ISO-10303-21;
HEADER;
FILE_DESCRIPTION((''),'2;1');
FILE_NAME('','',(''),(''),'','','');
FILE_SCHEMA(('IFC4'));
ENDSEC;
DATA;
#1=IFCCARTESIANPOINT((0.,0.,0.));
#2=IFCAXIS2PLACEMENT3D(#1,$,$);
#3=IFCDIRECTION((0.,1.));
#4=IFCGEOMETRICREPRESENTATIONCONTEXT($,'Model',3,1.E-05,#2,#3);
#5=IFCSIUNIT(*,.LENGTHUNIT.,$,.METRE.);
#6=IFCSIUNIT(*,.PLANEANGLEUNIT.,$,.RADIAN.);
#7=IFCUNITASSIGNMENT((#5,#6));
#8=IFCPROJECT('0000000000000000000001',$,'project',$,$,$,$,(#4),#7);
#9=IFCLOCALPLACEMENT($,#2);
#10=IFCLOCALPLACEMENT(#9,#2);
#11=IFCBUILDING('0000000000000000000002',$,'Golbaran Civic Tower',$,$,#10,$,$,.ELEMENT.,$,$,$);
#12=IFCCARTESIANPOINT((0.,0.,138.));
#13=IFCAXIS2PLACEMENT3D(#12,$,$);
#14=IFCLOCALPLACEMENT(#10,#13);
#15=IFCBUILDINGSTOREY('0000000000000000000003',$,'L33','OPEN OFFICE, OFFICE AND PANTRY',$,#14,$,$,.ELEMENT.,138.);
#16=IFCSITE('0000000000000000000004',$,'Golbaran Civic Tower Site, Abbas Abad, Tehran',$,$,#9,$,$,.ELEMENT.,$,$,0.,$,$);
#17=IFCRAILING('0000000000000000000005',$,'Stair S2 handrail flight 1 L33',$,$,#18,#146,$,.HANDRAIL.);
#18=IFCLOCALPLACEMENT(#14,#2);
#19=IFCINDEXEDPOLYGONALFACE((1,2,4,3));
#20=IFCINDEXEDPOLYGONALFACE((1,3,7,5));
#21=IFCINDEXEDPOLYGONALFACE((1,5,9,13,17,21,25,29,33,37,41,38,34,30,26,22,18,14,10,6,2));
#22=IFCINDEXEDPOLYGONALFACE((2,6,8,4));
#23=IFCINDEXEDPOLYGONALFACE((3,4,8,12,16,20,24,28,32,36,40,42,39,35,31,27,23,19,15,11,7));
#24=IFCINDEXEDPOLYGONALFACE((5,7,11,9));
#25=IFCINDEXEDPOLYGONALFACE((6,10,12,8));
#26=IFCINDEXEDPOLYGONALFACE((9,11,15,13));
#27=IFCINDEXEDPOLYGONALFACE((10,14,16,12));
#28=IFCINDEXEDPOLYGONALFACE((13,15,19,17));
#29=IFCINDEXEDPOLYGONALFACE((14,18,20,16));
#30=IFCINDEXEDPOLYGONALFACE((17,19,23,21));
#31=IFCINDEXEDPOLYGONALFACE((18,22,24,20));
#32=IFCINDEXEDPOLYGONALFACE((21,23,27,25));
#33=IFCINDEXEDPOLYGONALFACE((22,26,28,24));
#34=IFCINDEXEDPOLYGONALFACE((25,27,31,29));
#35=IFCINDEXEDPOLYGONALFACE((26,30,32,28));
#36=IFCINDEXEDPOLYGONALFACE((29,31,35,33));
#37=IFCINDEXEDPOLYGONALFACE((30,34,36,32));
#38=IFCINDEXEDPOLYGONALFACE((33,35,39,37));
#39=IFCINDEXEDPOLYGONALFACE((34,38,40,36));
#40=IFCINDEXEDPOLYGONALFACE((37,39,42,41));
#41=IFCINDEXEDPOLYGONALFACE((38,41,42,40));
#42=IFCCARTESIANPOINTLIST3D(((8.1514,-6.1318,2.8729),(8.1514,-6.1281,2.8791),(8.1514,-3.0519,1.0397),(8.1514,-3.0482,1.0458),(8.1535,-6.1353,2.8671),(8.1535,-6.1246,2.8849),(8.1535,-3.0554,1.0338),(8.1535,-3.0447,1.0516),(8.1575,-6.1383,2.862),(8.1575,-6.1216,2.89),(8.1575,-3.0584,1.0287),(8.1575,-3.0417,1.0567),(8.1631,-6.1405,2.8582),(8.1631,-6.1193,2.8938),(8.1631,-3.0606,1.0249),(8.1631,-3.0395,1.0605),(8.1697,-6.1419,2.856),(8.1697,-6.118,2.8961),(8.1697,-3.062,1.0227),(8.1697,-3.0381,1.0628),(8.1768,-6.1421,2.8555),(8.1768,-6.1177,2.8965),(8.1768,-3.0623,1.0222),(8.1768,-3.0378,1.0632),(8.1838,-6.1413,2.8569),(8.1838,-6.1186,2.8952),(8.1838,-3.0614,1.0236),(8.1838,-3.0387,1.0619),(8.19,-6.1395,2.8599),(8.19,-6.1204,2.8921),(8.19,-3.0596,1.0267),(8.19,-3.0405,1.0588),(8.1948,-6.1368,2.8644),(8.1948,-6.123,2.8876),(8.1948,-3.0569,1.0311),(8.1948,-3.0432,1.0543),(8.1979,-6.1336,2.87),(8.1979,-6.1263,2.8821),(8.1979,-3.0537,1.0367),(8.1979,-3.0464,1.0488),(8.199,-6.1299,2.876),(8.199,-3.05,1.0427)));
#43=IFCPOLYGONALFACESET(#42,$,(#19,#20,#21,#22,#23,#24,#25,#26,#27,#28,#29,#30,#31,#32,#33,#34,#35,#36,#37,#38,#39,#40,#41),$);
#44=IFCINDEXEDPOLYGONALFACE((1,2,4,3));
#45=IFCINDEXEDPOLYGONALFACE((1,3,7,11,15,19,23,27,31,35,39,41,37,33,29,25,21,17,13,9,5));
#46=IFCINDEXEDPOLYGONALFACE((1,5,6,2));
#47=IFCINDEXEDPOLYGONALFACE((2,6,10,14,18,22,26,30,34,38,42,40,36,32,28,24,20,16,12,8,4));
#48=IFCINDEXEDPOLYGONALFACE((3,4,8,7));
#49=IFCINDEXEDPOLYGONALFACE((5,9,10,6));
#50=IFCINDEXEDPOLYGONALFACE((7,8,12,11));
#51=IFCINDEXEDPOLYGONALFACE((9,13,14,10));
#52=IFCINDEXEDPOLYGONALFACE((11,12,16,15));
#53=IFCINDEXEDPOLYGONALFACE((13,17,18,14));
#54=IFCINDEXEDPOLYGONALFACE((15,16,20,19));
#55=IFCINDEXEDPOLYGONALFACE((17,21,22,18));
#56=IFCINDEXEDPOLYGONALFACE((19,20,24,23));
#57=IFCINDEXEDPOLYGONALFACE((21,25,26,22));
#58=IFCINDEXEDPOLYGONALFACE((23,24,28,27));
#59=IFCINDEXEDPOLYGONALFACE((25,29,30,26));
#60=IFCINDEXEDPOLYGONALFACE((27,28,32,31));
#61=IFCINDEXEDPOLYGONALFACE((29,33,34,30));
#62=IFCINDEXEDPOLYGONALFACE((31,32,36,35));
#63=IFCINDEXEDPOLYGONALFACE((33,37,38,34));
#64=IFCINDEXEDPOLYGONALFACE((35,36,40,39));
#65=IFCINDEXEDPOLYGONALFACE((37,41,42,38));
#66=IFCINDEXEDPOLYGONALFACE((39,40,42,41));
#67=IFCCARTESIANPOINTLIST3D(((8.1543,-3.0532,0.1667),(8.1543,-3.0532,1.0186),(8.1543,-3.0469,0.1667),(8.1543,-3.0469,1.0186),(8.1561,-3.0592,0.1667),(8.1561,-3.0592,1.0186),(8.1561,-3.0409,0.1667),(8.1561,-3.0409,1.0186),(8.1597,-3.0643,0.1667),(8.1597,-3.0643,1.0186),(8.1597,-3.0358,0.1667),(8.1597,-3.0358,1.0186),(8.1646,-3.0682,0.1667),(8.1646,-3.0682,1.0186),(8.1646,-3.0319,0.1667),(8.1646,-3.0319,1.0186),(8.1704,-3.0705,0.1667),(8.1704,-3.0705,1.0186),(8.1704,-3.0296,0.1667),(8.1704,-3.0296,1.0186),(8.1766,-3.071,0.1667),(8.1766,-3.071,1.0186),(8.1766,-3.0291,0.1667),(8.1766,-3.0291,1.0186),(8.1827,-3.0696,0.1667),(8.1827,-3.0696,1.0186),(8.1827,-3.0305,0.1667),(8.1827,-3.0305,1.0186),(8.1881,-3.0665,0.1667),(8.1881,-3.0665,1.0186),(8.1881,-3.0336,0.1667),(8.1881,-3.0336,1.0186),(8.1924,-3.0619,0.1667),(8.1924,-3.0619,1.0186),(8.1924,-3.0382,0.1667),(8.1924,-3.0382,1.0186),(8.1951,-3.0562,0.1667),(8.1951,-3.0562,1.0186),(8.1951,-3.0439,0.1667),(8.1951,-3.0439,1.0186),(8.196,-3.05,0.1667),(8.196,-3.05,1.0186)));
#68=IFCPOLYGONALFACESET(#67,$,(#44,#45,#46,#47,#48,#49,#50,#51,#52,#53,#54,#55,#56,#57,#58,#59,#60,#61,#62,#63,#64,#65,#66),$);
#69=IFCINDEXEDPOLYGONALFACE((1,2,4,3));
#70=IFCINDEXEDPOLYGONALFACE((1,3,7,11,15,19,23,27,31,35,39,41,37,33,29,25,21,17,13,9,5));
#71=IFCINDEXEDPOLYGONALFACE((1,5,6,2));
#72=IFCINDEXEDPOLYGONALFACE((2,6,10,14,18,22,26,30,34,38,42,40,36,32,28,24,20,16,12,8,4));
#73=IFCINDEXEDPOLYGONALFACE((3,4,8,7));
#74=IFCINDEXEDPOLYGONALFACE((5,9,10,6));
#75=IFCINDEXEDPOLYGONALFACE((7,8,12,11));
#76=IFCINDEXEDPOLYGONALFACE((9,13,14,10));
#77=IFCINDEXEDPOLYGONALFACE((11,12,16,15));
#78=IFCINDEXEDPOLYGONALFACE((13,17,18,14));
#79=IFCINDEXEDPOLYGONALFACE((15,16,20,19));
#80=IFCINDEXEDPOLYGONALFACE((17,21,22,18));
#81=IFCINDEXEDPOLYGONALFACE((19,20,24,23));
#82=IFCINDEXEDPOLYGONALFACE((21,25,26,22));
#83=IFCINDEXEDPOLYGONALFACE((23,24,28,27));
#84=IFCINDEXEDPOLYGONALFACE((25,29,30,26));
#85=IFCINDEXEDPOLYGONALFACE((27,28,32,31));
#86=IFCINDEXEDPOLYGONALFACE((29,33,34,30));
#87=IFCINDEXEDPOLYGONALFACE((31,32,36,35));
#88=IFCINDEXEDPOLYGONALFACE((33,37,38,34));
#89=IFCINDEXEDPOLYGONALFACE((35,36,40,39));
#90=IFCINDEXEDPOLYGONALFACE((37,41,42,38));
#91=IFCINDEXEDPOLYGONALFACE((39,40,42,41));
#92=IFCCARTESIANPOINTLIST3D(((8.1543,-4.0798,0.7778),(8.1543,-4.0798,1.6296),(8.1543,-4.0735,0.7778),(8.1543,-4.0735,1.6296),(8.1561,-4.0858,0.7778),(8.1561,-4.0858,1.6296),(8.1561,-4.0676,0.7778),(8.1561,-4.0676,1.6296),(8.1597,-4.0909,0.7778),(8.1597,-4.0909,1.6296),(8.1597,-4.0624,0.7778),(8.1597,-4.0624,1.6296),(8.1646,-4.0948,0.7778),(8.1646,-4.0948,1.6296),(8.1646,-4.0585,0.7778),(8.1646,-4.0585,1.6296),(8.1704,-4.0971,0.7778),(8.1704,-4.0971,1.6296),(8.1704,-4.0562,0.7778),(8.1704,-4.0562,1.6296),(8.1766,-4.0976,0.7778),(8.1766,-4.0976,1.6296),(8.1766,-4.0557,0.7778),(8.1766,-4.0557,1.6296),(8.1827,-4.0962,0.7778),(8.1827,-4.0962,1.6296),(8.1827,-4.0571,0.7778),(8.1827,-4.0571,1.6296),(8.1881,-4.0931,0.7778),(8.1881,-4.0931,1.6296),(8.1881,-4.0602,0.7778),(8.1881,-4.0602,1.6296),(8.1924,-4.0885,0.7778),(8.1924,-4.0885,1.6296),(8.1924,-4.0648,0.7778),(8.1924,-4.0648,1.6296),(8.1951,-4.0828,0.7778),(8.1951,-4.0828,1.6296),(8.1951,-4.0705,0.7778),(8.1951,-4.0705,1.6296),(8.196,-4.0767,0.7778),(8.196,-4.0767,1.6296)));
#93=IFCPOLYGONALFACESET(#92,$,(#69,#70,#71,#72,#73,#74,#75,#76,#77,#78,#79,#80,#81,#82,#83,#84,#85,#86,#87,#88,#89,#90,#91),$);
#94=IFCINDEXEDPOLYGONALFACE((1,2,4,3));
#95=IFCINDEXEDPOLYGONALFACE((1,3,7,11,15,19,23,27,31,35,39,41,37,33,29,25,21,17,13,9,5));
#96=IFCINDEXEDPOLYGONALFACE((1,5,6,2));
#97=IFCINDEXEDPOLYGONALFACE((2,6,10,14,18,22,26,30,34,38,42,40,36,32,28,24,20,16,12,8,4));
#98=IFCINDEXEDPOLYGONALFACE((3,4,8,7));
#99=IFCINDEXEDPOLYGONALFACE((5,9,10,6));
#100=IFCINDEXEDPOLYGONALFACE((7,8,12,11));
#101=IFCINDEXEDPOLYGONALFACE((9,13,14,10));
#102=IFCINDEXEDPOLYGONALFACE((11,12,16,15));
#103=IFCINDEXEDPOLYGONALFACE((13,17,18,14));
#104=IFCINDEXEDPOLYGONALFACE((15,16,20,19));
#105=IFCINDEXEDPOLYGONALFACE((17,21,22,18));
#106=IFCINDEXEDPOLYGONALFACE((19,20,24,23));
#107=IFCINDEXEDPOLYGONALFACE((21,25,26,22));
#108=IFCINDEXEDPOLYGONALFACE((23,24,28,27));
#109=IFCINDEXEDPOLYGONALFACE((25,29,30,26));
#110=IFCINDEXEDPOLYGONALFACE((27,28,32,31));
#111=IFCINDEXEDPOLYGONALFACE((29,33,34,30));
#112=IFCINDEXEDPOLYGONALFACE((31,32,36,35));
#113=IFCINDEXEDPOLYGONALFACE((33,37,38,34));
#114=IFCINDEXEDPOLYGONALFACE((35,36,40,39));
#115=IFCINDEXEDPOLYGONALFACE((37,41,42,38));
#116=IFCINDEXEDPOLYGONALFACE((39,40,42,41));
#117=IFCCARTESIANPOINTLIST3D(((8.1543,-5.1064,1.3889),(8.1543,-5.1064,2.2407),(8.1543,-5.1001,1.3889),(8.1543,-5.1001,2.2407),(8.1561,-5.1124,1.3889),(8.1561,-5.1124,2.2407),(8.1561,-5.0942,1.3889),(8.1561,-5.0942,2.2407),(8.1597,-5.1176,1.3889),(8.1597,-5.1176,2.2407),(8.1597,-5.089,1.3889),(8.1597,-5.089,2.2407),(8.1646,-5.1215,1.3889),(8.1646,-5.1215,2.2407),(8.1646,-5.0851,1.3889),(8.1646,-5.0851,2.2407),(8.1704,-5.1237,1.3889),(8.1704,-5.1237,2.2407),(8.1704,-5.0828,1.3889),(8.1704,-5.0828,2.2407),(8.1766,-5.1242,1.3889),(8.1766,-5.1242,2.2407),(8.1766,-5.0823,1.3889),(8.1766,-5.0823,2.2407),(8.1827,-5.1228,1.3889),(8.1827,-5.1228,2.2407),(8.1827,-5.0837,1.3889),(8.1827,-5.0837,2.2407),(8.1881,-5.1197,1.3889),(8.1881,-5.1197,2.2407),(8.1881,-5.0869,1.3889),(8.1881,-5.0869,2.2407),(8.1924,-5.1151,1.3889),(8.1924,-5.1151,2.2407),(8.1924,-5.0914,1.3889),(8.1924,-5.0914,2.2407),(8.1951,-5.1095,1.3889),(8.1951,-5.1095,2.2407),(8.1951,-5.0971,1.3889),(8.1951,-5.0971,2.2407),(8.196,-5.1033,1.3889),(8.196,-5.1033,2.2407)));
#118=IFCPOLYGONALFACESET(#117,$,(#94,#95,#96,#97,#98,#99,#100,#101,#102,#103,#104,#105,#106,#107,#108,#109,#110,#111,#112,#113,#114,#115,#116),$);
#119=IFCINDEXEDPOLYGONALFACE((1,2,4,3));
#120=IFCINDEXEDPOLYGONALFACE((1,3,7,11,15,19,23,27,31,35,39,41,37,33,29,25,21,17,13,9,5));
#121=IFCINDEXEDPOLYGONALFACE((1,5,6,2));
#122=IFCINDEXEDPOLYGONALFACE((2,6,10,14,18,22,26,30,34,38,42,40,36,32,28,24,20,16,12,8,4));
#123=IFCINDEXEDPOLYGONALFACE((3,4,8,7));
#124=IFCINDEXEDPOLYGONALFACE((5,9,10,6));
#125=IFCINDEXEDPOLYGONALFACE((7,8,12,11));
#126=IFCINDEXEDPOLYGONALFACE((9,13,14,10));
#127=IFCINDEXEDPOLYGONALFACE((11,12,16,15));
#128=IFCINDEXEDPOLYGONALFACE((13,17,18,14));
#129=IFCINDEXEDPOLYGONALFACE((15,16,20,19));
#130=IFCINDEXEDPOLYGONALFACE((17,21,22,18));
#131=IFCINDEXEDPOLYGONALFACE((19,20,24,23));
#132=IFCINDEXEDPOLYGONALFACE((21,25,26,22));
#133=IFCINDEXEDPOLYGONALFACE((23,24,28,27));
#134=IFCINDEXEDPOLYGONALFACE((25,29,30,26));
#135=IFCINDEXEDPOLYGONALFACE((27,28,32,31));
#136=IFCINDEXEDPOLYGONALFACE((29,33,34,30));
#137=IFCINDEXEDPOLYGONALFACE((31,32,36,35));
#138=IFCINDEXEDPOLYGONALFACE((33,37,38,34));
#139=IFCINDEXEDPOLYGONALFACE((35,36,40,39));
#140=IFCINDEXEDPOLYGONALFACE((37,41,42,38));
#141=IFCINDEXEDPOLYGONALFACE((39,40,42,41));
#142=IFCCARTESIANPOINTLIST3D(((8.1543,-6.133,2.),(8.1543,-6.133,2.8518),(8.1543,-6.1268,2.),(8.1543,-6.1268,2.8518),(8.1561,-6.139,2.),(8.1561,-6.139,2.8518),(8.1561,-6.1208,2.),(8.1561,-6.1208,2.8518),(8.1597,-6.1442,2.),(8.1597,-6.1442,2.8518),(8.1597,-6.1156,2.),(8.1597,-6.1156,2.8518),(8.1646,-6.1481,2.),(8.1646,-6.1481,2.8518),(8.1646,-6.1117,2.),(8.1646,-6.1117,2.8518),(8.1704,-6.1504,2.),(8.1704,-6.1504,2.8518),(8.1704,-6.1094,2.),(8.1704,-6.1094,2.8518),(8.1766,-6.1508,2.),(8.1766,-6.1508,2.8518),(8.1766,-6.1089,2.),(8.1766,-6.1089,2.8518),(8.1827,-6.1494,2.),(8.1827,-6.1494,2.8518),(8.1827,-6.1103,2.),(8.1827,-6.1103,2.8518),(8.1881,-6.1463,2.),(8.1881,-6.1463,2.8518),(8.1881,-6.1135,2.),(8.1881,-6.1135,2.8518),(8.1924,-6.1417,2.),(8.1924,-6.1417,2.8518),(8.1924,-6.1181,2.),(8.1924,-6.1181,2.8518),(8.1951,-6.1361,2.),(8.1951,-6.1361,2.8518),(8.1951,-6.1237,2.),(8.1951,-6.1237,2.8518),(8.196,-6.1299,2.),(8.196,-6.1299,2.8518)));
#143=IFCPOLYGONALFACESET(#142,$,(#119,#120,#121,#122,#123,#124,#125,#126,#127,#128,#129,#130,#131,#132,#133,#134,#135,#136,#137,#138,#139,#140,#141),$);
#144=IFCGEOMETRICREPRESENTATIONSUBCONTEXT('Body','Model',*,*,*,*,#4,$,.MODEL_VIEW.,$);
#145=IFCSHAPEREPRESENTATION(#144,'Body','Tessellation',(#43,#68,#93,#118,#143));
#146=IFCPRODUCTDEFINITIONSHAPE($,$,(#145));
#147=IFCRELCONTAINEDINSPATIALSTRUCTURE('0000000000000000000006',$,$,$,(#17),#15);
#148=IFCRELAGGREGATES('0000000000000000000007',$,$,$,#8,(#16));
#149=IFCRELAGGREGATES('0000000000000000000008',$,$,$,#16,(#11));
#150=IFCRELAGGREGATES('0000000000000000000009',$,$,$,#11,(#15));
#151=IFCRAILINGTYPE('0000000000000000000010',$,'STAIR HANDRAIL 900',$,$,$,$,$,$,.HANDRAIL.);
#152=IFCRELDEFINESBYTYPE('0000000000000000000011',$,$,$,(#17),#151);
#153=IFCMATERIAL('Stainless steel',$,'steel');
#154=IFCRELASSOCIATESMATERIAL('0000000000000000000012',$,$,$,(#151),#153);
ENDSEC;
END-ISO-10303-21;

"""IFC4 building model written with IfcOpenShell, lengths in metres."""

from ifc_helpers import new_model, si_unit, direction, frame, origin, origin_2d, place, context, subcontext, project, spatial, circle, extrude, material, type_object, element, save


model = new_model("IFC4")

# Units and contexts
model_context = context("Model", 3, precision=1e-05, world=origin(), true_north=direction((0.0, 1.0)))
body_context = subcontext(model_context, "Body", "Model", "MODEL_VIEW")
ifc_project = project(units=[si_unit("LENGTHUNIT", "METRE"), si_unit("PLANEANGLEUNIT", "RADIAN")], contexts=[model_context])

# Site, building, storey
site_placement = place(None, origin())
site = spatial("IfcSite", under=ifc_project, at=site_placement, Name="Golbaran Civic Tower Site, Abbas Abad, Tehran", CompositionType="ELEMENT", RefElevation=0.0)
building_placement = place(site_placement, origin())
building = spatial("IfcBuilding", under=site, at=building_placement, Name="Golbaran Civic Tower", CompositionType="ELEMENT")
storey_placement = place(building_placement, frame((0.0, 0.0, 138.0)))
storey = spatial("IfcBuildingStorey", under=building, at=storey_placement, Name="L33", Description="OPEN OFFICE, OFFICE AND PANTRY", CompositionType="ELEMENT", Elevation=138.0)

# Shared definitions
ifc_material_1 = material(Name="Stainless steel", Category="steel")

# Railing
railing_type = type_object("IfcRailingType", Name="STAIR HANDRAIL 900", PredefinedType="HANDRAIL", material=ifc_material_1)
railing_1_placement = place(storey_placement, frame((8.175, -3.05, 0.1667)))
element("IfcRailing", 1, at=railing_1_placement, inside=storey, type_object=railing_type, Name="Stair S2 handrail flight 1 L33", PredefinedType="HANDRAIL", context=body_context, shape_type="SweptSolid", body=[
    extrude(circle(Radius=0.0239, at=origin_2d()), frame((0.0, 0.0, 0.876), z_axis=(0.0, -0.859291, 0.511487), x_axis=(1.0, 0.0, 0.0)), (0.0, 0.0, 1.0), 3.5842),
    extrude(circle(Radius=0.021, at=origin_2d()), origin(), (0.0, 0.0, 1.0), 0.8518),
    extrude(circle(Radius=0.021, at=origin_2d()), frame((0.0, -1.0266, 0.6111)), (0.0, 0.0, 1.0), 0.8518),
    extrude(circle(Radius=0.021, at=origin_2d()), frame((0.0, -2.0532, 1.2222)), (0.0, 0.0, 1.0), 0.8518),
    extrude(circle(Radius=0.021, at=origin_2d()), frame((0.0, -3.0798, 1.8333)), (0.0, 0.0, 1.0), 0.8518),
])

save(model, "model.ifc")
